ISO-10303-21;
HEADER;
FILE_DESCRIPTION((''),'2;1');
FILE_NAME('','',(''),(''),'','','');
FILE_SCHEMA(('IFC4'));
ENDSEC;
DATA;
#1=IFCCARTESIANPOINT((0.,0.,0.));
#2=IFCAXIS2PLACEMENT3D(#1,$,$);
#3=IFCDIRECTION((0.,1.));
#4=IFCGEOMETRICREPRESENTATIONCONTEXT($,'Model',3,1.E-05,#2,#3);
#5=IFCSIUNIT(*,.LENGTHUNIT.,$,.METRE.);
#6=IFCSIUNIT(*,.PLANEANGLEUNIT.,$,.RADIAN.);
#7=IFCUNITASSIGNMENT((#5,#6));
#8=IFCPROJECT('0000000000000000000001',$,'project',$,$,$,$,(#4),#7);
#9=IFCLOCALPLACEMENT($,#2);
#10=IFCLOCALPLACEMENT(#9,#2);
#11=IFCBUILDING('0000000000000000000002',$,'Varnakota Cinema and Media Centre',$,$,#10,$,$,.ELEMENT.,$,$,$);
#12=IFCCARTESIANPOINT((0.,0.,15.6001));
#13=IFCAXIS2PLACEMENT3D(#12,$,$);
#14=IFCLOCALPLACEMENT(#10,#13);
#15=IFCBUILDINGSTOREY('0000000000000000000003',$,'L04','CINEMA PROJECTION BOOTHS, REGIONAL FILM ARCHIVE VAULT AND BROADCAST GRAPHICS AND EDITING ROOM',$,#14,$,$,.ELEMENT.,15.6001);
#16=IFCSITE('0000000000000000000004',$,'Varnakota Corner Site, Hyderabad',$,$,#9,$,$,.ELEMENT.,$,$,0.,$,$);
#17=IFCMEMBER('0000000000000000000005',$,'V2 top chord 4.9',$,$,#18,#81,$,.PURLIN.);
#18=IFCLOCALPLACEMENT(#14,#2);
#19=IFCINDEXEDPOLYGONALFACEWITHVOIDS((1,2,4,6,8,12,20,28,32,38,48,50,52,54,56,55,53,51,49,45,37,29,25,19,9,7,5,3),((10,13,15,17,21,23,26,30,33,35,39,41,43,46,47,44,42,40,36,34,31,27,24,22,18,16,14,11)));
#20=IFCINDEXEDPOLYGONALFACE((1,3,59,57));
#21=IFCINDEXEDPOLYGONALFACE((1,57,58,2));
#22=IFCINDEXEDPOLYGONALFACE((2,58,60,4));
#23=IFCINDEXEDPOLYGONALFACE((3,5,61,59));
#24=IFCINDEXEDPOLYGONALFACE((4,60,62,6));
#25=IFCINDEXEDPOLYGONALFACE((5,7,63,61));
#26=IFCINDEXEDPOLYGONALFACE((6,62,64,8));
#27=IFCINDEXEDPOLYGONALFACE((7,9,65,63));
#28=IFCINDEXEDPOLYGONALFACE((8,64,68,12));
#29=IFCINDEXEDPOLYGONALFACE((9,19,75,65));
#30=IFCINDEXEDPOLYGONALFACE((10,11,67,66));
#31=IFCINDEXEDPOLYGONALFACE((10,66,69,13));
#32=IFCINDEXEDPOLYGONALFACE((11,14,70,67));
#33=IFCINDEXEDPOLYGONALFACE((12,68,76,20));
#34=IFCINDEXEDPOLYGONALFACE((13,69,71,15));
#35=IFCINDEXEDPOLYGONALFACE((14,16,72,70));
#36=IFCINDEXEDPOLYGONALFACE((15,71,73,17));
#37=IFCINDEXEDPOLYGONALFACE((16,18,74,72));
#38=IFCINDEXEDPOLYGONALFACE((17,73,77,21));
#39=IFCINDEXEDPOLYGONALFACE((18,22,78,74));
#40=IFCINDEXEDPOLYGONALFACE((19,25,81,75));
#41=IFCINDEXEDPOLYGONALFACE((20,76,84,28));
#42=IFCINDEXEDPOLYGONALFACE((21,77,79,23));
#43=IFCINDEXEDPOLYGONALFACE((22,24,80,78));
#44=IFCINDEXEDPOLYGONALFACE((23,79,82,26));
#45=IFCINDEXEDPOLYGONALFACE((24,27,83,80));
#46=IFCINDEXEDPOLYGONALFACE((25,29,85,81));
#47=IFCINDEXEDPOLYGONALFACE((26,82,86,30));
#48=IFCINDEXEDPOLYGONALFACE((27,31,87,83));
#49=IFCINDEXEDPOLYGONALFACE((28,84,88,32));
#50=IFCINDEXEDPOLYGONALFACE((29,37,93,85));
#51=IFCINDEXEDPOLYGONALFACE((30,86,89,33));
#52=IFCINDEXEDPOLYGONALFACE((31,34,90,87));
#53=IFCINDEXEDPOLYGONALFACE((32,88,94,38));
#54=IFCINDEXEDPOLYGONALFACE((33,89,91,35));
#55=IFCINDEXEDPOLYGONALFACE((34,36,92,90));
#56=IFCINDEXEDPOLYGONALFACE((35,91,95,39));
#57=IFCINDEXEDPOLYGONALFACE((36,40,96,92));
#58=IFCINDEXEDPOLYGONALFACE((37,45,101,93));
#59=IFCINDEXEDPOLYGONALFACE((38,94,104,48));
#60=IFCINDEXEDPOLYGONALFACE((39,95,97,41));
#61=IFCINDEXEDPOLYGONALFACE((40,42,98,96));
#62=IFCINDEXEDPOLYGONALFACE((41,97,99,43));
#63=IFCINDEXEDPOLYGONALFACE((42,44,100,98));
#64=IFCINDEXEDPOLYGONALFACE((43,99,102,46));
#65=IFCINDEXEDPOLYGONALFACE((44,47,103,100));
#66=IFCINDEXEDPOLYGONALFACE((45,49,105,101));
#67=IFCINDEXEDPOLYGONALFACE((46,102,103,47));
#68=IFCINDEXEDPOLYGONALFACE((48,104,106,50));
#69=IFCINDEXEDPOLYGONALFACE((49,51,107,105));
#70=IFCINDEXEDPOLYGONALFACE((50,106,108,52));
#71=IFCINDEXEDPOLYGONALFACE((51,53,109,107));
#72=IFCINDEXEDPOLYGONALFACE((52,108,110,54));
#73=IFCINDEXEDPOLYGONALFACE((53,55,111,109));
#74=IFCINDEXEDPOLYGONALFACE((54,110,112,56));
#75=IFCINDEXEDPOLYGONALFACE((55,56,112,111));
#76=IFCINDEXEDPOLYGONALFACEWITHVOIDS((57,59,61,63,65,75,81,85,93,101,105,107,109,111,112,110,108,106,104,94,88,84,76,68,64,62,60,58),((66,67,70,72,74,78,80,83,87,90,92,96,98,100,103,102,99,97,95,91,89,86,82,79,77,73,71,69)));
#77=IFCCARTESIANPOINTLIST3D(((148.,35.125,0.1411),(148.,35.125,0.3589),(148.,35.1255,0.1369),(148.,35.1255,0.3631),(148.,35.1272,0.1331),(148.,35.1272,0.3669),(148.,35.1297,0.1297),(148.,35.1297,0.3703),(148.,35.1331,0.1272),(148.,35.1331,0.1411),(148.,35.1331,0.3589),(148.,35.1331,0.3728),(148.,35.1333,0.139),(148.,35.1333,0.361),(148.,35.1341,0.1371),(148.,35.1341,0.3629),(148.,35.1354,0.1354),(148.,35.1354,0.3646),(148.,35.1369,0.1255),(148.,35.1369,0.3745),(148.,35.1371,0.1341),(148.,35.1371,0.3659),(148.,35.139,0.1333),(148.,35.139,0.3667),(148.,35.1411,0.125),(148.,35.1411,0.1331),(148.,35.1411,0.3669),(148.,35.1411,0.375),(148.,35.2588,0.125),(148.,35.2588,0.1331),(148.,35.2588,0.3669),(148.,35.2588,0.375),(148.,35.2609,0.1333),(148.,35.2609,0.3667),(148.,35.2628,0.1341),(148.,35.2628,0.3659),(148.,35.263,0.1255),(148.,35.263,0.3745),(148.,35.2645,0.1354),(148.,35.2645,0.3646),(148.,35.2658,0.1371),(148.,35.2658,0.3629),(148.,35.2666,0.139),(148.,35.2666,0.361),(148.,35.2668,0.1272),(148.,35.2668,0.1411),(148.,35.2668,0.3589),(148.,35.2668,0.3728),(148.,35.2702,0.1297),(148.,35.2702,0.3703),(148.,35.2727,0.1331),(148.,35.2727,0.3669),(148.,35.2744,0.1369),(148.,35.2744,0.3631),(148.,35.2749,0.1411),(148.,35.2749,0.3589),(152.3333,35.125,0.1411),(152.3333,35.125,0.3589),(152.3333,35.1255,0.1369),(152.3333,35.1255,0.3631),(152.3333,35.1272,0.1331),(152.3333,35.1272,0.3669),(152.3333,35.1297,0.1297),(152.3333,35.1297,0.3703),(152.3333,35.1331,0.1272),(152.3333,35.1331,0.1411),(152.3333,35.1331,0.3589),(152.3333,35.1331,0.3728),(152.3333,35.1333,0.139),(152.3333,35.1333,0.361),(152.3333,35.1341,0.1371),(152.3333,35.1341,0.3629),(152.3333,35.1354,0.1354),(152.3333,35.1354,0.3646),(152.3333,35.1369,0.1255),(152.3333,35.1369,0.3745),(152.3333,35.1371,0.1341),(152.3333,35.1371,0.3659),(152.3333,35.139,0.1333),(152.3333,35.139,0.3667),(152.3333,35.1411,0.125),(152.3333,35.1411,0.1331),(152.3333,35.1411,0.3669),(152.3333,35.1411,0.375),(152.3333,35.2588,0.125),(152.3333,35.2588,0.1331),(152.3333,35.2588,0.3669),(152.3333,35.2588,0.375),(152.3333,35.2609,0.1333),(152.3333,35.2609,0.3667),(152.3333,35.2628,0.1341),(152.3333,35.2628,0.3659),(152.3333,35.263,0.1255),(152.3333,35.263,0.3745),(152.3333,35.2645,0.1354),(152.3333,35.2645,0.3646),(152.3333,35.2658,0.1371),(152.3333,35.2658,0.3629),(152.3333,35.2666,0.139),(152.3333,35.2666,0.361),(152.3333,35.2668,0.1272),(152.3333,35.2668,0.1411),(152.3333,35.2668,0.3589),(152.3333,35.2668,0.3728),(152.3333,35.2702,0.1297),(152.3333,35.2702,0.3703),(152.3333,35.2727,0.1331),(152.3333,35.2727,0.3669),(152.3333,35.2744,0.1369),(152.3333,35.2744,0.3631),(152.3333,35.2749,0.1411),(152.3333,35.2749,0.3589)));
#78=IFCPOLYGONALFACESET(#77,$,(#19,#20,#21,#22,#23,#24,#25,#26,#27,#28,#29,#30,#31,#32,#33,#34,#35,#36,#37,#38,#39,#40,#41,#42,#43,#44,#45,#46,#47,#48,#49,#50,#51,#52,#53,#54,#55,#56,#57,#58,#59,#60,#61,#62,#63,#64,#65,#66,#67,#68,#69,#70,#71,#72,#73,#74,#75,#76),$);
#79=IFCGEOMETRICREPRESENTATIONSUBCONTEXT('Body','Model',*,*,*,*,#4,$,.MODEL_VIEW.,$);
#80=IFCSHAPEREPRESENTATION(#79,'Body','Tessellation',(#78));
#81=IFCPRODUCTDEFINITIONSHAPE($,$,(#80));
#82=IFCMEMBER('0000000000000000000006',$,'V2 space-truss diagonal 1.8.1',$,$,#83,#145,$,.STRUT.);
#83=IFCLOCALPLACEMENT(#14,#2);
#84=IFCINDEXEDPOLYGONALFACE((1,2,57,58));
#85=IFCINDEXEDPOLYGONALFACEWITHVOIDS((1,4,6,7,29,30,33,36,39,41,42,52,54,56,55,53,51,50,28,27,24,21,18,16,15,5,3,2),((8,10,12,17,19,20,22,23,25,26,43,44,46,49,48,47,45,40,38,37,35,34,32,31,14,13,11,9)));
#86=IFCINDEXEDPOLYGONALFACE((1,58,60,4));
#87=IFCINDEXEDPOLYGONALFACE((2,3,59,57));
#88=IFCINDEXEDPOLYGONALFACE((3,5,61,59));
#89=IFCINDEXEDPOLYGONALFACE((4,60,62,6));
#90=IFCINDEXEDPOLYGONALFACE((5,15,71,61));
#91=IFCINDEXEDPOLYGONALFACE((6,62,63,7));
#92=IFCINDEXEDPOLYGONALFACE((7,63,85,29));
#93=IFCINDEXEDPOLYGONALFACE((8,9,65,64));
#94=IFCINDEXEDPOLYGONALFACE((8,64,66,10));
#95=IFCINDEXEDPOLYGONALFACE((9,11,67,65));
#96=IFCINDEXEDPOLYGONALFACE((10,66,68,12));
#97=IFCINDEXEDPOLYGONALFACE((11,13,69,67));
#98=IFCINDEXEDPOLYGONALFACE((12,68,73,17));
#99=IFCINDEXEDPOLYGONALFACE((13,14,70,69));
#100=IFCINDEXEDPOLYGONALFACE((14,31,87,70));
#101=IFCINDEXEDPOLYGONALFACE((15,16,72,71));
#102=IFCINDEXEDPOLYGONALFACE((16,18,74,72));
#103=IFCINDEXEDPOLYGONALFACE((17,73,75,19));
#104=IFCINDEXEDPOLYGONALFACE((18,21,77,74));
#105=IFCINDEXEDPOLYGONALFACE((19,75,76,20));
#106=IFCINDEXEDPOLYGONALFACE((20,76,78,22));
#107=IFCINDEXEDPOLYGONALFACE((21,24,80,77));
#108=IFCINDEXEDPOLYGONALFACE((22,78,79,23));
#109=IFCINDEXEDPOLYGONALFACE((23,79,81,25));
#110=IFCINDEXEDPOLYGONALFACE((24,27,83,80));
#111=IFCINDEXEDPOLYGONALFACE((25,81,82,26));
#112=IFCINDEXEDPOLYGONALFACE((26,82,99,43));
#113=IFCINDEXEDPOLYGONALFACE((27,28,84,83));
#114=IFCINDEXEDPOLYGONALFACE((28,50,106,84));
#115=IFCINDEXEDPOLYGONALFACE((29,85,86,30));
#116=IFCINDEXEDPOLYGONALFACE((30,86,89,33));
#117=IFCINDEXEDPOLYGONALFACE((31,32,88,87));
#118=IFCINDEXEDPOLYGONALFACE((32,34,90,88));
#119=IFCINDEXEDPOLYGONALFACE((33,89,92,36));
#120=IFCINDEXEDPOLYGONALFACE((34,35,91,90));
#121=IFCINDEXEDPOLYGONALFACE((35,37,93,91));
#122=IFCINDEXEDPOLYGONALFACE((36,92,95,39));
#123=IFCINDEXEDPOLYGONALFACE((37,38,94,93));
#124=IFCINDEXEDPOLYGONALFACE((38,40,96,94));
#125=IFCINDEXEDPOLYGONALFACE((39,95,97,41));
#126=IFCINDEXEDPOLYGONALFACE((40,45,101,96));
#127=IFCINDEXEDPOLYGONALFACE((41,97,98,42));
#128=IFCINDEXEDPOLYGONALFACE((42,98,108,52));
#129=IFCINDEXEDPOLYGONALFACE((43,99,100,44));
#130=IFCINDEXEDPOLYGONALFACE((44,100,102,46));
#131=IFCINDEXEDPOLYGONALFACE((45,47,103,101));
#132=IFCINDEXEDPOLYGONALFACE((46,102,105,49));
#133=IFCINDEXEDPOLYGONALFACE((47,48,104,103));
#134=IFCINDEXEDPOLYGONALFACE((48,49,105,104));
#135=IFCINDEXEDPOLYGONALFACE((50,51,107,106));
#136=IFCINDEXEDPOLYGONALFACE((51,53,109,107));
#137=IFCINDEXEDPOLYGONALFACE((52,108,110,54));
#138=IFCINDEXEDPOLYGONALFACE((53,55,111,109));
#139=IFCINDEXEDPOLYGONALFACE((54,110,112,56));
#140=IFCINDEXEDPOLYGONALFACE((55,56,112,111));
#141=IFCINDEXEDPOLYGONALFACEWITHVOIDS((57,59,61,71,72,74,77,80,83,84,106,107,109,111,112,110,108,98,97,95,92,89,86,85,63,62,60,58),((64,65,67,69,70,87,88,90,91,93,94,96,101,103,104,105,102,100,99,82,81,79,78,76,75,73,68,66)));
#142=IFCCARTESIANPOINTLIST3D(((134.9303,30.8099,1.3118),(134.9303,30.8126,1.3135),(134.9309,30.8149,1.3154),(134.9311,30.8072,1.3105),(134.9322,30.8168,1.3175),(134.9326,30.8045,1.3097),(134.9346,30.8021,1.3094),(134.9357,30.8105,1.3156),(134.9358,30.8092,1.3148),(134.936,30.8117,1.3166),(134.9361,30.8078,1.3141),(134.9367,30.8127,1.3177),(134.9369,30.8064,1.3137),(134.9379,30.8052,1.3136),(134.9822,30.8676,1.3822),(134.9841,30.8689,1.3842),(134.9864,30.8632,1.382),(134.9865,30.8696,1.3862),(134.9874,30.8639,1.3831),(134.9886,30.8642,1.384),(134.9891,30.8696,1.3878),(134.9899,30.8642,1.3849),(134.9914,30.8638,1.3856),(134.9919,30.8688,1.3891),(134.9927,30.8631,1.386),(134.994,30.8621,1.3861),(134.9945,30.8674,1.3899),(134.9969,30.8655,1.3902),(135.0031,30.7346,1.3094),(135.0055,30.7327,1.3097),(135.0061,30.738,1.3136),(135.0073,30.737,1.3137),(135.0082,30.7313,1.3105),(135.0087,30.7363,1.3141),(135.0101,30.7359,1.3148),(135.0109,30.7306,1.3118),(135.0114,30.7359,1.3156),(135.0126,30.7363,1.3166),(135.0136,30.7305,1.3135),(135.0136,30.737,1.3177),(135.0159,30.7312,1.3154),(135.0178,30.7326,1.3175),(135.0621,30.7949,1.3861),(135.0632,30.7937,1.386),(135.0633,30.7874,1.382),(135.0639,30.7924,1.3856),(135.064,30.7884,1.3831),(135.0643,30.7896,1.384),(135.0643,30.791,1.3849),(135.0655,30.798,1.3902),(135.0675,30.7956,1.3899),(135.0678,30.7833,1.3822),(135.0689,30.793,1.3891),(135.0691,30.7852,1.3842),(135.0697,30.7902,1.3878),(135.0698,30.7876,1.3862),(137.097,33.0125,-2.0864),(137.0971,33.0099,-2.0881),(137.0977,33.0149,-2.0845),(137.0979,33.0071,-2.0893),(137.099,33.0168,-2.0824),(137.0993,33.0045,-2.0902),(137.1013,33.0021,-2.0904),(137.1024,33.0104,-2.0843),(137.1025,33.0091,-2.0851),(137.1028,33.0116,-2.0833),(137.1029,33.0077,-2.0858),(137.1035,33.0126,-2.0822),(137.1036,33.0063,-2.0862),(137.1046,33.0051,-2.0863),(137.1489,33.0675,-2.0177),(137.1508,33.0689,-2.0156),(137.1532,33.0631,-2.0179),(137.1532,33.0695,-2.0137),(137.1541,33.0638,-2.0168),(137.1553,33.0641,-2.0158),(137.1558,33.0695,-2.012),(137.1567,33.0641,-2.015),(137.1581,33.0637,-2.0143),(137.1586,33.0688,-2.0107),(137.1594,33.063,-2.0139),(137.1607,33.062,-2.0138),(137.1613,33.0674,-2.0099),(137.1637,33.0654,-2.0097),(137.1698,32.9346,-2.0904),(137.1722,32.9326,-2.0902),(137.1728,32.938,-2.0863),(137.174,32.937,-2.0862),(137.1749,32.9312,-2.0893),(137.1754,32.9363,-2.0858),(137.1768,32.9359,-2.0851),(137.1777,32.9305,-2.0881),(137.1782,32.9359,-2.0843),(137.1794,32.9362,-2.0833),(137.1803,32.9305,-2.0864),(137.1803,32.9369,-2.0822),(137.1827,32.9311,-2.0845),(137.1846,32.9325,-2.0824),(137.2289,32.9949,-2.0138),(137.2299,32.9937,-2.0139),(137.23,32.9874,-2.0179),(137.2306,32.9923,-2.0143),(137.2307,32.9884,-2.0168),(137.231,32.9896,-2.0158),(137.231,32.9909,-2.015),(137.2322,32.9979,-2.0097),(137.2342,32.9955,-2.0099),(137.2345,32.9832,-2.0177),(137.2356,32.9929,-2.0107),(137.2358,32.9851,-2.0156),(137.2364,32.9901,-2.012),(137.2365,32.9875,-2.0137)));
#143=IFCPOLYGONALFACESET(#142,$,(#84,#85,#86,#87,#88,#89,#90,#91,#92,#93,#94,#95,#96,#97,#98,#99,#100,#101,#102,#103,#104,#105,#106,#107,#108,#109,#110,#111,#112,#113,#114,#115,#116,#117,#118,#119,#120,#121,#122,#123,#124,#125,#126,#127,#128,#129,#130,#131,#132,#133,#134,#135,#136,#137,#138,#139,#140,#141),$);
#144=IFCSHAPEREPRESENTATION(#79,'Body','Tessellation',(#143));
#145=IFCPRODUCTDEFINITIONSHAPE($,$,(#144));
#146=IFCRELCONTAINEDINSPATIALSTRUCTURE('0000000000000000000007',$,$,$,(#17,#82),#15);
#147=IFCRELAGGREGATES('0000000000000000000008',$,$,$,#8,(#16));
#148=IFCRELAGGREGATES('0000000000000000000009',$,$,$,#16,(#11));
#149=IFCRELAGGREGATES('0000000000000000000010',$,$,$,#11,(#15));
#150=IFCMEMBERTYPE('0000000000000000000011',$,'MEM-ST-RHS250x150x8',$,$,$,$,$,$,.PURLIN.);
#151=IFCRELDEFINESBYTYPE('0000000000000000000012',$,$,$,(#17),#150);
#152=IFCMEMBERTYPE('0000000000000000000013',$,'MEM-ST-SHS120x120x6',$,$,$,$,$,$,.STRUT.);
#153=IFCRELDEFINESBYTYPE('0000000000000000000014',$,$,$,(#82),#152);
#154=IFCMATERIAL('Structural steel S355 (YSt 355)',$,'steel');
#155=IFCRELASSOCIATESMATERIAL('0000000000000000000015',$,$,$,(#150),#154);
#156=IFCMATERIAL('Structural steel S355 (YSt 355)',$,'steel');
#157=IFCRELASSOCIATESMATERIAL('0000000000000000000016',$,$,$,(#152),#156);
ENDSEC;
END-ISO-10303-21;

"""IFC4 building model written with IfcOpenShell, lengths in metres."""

from ifc_helpers import new_model, si_unit, direction, frame, origin, origin_2d, place, context, subcontext, project, spatial, hollow_rectangle, extrude, material, material_profile, profile_set, type_object, element, save


model = new_model("IFC4")

# Units and contexts
model_context = context("Model", 3, precision=1e-05, world=origin(), true_north=direction((0.0, 1.0)))
body_context = subcontext(model_context, "Body", "Model", "MODEL_VIEW")
ifc_project = project(units=[si_unit("LENGTHUNIT", "METRE"), si_unit("PLANEANGLEUNIT", "RADIAN")], contexts=[model_context])

# Site, building, storey
site_placement = place(None, origin())
site = spatial("IfcSite", under=ifc_project, at=site_placement, Name="Varnakota Corner Site, Hyderabad", CompositionType="ELEMENT", RefElevation=0.0)
building_placement = place(site_placement, origin())
building = spatial("IfcBuilding", under=site, at=building_placement, Name="Varnakota Cinema and Media Centre", CompositionType="ELEMENT")
storey_placement = place(building_placement, frame((0.0, 0.0, 15.6001)))
storey = spatial("IfcBuildingStorey", under=building, at=storey_placement, Name="L04", Description="CINEMA PROJECTION BOOTHS, REGIONAL FILM ARCHIVE VAULT AND BROADCAST GRAPHICS AND EDITING ROOM", CompositionType="ELEMENT", Elevation=15.6001)

# Members
ifc_material_1 = material(Name="Structural steel S355 (YSt 355)", Category="steel")
ifc_material_profile_1 = material_profile(ifc_material_1, hollow_rectangle(XDim=0.1499, YDim=0.25, WallThickness=0.0081, InnerFilletRadius=0.0081, OuterFilletRadius=0.0161, at=origin_2d()), Name="RHS 250x150x8")
ifc_profile_set_1 = profile_set([ifc_material_profile_1], Name="Structural steel S355 (YSt 355)")
member_type_1 = type_object("IfcMemberType", Name="MEM-ST-RHS250x150x8", PredefinedType="PURLIN", material=ifc_profile_set_1)
for number, where, z_axis, x_axis, name in (
    (1, (148.0, 35.2, 0.25), (1.0, 0.0, 0.0), (0.0, 1.0, 0.0), "V2 top chord 4.9"),
):
    element("IfcMember", number, at=place(storey_placement, frame(where, z_axis=z_axis, x_axis=x_axis)), inside=storey, type_object=member_type_1, Name=name, PredefinedType="PURLIN", context=body_context, shape_type="SweptSolid", body=[
        extrude(hollow_rectangle(XDim=0.1499, YDim=0.25, WallThickness=0.0081, InnerFilletRadius=0.0081, OuterFilletRadius=0.0161, at=origin_2d()), origin(), (0.0, 0.0, 1.0), 4.3333),
    ])
ifc_material_2 = material(Name="Structural steel S355 (YSt 355)", Category="steel")
ifc_material_profile_2 = material_profile(ifc_material_2, hollow_rectangle(XDim=0.1201, YDim=0.1201, WallThickness=0.0061, InnerFilletRadius=0.0061, OuterFilletRadius=0.012, at=origin_2d()), Name="SHS 120x120x6")
ifc_profile_set_2 = profile_set([ifc_material_profile_2], Name="Structural steel S355 (YSt 355)")
member_type_2 = type_object("IfcMemberType", Name="MEM-ST-SHS120x120x6", PredefinedType="STRUT", material=ifc_profile_set_2)
member_1_placement = place(storey_placement, frame((137.1667, 33.0, -2.05), z_axis=(-0.471769, -0.478999, 0.740266), x_axis=(0.712463, -0.70171, 0.0)))
element("IfcMember", 2, at=member_1_placement, inside=storey, type_object=member_type_2, Name="V2 space-truss diagonal 1.8.1", PredefinedType="STRUT", context=body_context, shape_type="SweptSolid", body=[
    extrude(hollow_rectangle(XDim=0.1201, YDim=0.1201, WallThickness=0.0061, InnerFilletRadius=0.0061, OuterFilletRadius=0.012, at=origin_2d()), origin(), (0.0, 0.0, 1.0), 4.5928),
])

save(model, "model.ifc")
